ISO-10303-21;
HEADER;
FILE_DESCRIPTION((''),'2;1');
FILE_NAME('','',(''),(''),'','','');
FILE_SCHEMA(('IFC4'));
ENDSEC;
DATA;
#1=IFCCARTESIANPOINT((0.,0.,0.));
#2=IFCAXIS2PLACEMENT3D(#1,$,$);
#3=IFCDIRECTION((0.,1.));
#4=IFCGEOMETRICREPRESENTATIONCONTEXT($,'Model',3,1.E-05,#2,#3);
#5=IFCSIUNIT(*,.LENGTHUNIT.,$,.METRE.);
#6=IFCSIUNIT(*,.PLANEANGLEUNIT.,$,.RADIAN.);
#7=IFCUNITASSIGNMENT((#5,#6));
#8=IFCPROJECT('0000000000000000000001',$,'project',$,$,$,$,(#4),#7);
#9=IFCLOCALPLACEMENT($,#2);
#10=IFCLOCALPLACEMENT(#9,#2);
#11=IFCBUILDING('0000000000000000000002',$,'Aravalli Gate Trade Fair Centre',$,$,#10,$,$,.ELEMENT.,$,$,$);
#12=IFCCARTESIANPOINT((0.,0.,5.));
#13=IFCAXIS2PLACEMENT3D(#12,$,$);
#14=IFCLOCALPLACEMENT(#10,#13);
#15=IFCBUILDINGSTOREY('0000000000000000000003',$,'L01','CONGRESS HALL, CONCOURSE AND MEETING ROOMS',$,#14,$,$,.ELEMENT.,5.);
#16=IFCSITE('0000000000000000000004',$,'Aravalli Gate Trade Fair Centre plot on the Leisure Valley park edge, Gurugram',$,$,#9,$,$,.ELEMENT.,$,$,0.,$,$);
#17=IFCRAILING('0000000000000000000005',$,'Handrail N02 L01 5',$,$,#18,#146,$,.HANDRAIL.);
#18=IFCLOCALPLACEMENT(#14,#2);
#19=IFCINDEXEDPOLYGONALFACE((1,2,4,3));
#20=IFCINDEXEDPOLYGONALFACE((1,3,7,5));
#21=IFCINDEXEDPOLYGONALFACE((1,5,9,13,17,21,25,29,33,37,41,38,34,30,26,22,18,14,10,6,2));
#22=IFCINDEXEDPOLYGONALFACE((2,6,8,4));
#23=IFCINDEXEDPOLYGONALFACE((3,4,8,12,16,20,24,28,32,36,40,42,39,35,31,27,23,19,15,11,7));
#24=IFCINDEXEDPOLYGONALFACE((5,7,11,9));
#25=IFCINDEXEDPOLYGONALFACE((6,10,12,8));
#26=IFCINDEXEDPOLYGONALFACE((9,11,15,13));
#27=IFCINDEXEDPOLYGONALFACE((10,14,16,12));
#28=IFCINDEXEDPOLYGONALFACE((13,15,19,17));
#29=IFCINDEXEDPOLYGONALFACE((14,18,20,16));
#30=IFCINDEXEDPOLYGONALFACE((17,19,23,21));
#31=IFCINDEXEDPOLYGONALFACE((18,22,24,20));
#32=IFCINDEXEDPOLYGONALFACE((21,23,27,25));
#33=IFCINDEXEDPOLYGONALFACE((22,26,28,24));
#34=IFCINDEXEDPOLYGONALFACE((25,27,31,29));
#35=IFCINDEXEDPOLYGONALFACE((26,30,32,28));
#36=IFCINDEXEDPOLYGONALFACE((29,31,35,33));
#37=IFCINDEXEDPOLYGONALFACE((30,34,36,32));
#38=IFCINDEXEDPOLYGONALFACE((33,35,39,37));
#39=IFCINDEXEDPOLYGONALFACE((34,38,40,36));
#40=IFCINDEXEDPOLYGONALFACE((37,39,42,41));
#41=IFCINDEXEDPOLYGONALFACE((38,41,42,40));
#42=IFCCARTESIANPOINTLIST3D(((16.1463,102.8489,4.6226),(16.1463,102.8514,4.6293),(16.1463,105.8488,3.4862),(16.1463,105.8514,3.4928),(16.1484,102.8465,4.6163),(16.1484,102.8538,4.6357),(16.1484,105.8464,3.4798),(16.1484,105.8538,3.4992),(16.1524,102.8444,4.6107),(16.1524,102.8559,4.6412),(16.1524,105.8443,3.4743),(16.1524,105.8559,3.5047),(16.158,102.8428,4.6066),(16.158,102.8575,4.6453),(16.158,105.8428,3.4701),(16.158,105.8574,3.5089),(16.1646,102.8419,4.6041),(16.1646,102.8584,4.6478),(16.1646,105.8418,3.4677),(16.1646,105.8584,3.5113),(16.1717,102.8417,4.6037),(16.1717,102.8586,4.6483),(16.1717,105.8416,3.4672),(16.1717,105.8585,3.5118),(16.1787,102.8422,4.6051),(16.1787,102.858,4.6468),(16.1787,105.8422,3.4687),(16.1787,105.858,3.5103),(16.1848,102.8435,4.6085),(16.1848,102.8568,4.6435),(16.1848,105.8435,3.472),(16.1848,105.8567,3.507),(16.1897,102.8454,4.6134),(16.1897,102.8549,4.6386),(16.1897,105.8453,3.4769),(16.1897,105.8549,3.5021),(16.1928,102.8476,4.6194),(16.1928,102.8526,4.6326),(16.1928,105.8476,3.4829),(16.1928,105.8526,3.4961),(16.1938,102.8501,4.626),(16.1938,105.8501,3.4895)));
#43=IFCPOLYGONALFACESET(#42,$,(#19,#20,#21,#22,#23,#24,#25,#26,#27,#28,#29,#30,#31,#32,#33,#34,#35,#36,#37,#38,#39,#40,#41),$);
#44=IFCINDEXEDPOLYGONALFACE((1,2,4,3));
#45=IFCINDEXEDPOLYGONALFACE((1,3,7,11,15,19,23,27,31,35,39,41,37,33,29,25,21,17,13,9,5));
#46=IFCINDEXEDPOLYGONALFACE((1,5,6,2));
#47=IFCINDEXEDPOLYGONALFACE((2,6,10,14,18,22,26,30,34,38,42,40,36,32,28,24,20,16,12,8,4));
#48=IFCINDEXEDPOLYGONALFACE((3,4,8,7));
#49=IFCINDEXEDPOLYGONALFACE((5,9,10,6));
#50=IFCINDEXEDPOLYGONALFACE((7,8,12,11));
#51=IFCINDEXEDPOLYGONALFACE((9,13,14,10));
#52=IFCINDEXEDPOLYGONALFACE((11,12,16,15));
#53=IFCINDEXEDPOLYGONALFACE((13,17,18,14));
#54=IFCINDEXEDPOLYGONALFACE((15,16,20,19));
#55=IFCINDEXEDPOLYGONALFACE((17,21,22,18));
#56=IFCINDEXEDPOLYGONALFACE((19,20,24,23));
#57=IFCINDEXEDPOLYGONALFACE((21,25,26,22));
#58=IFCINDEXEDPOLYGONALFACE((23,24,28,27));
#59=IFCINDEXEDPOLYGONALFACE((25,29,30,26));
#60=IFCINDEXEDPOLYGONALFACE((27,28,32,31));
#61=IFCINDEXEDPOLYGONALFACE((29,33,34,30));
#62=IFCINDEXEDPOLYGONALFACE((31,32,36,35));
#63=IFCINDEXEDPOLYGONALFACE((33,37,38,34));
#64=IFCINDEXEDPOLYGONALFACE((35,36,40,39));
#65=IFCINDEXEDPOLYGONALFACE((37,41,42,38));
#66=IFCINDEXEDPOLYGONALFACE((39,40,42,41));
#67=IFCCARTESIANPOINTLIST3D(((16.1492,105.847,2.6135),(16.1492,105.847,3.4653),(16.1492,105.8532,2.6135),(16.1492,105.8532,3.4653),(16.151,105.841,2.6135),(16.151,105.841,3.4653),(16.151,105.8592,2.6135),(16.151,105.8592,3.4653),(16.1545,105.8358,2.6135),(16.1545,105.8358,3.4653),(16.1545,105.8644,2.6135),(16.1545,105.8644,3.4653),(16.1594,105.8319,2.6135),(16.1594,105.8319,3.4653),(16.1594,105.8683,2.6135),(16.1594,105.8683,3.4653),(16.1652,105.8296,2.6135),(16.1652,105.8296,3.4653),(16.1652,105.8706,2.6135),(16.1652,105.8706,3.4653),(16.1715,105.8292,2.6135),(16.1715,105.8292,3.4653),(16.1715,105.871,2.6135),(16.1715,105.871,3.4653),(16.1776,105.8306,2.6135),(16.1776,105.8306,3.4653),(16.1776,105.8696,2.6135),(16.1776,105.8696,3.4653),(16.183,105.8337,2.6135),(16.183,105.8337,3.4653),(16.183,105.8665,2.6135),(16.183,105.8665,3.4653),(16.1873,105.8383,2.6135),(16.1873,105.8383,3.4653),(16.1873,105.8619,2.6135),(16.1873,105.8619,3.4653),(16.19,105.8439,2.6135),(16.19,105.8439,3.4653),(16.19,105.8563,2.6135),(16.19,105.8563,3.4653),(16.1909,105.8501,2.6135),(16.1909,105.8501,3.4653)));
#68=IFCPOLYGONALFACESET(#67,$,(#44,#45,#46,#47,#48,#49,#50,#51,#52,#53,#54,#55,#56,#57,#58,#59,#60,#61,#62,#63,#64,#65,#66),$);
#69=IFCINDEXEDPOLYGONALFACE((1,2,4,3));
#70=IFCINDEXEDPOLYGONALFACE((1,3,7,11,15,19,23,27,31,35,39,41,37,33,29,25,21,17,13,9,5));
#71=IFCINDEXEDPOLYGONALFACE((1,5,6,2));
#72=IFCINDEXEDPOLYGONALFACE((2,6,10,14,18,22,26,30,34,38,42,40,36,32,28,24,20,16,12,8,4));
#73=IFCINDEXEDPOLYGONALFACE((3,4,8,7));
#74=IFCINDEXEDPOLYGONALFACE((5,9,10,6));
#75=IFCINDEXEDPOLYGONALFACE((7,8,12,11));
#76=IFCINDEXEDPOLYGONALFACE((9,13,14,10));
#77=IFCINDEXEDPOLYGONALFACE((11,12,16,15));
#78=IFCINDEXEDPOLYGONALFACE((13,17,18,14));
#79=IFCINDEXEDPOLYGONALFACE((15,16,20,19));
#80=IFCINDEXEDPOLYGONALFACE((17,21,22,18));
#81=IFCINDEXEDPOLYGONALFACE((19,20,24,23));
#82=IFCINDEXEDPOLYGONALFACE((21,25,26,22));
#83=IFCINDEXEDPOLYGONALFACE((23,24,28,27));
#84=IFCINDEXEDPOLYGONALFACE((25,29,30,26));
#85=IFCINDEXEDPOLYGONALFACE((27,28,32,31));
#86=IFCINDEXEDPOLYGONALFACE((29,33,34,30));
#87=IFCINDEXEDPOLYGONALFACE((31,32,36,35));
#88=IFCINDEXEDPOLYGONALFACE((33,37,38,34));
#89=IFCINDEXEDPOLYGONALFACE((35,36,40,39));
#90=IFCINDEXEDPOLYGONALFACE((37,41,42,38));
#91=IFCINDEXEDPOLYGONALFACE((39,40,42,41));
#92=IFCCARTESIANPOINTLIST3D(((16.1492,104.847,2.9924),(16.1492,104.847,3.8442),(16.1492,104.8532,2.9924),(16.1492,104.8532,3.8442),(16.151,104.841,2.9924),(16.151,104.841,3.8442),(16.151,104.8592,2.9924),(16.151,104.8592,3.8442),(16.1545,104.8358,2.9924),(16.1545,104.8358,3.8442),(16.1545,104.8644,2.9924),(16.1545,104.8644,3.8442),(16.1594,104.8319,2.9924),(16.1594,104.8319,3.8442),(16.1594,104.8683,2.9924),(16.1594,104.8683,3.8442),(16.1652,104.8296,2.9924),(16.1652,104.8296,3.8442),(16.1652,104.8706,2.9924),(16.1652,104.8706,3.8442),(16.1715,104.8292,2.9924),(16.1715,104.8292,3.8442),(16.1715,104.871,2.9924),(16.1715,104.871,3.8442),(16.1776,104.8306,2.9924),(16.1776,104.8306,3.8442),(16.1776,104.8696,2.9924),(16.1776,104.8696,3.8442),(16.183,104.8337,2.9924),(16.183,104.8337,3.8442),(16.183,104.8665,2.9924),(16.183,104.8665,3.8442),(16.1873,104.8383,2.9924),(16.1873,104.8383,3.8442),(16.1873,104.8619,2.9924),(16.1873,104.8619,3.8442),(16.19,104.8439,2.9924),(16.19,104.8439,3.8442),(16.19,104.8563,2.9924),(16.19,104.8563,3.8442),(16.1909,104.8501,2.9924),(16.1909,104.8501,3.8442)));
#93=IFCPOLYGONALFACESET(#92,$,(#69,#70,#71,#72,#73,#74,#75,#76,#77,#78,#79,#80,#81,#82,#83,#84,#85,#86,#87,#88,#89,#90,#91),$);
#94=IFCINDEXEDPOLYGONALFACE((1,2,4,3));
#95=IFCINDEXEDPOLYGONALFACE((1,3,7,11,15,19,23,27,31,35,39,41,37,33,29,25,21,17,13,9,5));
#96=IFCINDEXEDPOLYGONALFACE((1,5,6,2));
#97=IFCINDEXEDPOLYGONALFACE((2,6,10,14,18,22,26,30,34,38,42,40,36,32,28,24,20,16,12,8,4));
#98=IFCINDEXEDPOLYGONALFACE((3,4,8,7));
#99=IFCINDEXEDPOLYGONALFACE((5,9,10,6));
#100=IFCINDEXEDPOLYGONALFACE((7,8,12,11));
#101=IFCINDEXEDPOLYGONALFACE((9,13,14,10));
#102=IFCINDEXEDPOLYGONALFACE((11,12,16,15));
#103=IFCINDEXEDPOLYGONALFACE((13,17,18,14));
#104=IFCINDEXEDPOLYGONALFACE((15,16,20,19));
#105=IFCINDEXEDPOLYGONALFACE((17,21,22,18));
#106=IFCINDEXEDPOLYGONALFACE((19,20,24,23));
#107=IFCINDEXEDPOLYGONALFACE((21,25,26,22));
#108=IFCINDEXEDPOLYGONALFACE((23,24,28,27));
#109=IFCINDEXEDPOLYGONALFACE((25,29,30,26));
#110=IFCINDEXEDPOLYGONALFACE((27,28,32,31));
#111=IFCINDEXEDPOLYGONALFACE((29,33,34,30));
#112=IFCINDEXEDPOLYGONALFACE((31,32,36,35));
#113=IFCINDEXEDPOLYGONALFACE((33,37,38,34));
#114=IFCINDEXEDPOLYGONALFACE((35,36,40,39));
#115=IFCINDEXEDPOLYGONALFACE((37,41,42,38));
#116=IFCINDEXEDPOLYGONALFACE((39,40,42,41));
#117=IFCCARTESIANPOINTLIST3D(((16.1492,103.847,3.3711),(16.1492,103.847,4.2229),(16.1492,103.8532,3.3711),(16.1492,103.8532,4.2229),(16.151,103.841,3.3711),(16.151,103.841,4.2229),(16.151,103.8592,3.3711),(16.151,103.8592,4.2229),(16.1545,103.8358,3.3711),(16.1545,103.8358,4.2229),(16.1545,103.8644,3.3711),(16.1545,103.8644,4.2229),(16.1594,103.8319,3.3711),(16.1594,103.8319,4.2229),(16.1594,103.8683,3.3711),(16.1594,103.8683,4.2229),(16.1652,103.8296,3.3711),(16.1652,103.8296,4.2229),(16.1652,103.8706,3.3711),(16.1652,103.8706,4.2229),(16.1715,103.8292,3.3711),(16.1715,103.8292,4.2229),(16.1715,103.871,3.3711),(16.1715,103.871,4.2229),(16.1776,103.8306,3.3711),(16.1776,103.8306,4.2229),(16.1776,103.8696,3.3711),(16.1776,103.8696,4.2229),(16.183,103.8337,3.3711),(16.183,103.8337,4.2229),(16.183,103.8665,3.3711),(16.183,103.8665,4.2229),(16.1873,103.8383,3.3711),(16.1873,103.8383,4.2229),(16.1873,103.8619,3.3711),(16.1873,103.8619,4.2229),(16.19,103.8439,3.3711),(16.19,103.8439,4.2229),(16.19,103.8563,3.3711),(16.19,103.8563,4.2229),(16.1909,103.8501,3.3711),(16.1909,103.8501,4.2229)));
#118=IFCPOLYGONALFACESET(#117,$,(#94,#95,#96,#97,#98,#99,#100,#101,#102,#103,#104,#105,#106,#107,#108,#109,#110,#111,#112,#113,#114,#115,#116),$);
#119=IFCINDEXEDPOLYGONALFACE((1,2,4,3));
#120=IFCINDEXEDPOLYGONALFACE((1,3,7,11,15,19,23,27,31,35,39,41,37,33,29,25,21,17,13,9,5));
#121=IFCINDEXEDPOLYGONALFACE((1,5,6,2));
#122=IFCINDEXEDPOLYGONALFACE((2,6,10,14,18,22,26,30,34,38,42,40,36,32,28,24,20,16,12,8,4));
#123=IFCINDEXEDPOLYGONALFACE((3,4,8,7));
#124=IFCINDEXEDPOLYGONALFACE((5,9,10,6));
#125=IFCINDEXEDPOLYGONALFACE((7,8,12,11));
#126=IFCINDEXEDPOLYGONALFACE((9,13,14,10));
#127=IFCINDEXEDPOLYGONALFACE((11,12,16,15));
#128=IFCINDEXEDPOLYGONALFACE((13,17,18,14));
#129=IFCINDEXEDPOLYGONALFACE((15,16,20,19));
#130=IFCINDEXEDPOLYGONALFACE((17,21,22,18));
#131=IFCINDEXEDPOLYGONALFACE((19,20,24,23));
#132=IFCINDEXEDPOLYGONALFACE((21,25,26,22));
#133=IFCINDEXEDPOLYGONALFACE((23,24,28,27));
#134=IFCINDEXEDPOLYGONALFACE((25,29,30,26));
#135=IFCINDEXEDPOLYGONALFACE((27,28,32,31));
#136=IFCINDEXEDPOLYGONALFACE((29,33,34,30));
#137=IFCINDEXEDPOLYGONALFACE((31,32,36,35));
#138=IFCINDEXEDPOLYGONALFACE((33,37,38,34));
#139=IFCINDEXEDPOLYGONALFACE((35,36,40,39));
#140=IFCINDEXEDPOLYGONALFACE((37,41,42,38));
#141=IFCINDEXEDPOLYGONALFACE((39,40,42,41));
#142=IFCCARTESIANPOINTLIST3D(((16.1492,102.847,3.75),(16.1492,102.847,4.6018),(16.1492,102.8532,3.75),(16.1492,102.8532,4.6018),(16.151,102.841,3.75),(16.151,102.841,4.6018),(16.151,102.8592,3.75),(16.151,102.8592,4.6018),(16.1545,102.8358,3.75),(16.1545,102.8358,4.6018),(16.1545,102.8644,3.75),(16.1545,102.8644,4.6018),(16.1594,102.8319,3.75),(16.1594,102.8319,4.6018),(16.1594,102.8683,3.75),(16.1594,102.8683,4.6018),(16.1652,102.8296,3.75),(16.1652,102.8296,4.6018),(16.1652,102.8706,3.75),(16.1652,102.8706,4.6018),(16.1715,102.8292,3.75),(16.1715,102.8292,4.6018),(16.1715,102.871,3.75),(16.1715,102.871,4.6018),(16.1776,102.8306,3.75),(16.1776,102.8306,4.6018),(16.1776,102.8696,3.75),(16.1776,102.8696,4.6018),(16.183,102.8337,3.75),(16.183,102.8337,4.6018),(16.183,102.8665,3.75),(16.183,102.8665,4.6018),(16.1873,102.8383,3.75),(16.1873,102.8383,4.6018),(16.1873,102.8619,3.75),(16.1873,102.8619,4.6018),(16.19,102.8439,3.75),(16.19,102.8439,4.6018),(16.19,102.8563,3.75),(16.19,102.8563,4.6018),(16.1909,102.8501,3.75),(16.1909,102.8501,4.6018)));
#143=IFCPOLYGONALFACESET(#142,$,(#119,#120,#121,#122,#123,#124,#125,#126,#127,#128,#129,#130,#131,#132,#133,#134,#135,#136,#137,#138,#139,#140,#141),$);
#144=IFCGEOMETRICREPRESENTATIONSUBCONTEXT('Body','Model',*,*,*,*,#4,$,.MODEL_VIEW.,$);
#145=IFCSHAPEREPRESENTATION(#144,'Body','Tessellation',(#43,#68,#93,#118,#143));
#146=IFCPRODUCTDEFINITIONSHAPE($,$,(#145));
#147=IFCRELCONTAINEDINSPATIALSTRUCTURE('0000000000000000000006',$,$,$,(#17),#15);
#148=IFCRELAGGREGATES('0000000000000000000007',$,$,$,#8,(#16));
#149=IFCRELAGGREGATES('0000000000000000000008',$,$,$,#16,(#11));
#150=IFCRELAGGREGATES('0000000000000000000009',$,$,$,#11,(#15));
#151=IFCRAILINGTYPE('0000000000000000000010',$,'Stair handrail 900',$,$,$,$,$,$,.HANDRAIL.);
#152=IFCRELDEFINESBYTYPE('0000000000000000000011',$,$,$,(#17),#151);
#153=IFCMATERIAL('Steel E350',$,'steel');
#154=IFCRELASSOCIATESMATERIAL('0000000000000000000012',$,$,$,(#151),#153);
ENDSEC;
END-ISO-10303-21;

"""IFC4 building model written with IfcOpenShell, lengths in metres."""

from ifc_helpers import new_model, si_unit, direction, frame, origin, origin_2d, place, context, subcontext, project, spatial, circle, extrude, material, type_object, element, save


model = new_model("IFC4")

# Units and contexts
model_context = context("Model", 3, precision=1e-05, world=origin(), true_north=direction((0.0, 1.0)))
body_context = subcontext(model_context, "Body", "Model", "MODEL_VIEW")
ifc_project = project(units=[si_unit("LENGTHUNIT", "METRE"), si_unit("PLANEANGLEUNIT", "RADIAN")], contexts=[model_context])

# Site, building, storey
site_placement = place(None, origin())
site = spatial("IfcSite", under=ifc_project, at=site_placement, Name="Aravalli Gate Trade Fair Centre plot on the Leisure Valley park edge, Gurugram", CompositionType="ELEMENT", RefElevation=0.0)
building_placement = place(site_placement, origin())
building = spatial("IfcBuilding", under=site, at=building_placement, Name="Aravalli Gate Trade Fair Centre", CompositionType="ELEMENT")
storey_placement = place(building_placement, frame((0.0, 0.0, 5.0)))
storey = spatial("IfcBuildingStorey", under=building, at=storey_placement, Name="L01", Description="CONGRESS HALL, CONCOURSE AND MEETING ROOMS", CompositionType="ELEMENT", Elevation=5.0)

# Railing
ifc_material_1 = material(Name="Steel E350", Category="steel")
railing_type = type_object("IfcRailingType", Name="Stair handrail 900", PredefinedType="HANDRAIL", material=ifc_material_1)
railing_1_placement = place(storey_placement, frame((16.1699, 105.8501, 2.6135)))
element("IfcRailing", 1, at=railing_1_placement, inside=storey, type_object=railing_type, Name="Handrail N02 L01 5", PredefinedType="HANDRAIL", context=body_context, shape_type="SweptSolid", body=[
    extrude(circle(Radius=0.0239, at=origin_2d()), frame((0.0, 0.0, 0.876), z_axis=(0.0, -0.935148, 0.354257), x_axis=(1.0, 0.0, 0.0)), (0.0, 0.0, 1.0), 3.208),
    extrude(circle(Radius=0.021, at=origin_2d()), origin(), (0.0, 0.0, 1.0), 0.8518),
    extrude(circle(Radius=0.021, at=origin_2d()), frame((0.0, -1.0, 0.3789)), (0.0, 0.0, 1.0), 0.8518),
    extrude(circle(Radius=0.021, at=origin_2d()), frame((0.0, -2.0, 0.7576)), (0.0, 0.0, 1.0), 0.8518),
    extrude(circle(Radius=0.021, at=origin_2d()), frame((0.0, -3.0, 1.1365)), (0.0, 0.0, 1.0), 0.8518),
])

save(model, "model.ifc")
